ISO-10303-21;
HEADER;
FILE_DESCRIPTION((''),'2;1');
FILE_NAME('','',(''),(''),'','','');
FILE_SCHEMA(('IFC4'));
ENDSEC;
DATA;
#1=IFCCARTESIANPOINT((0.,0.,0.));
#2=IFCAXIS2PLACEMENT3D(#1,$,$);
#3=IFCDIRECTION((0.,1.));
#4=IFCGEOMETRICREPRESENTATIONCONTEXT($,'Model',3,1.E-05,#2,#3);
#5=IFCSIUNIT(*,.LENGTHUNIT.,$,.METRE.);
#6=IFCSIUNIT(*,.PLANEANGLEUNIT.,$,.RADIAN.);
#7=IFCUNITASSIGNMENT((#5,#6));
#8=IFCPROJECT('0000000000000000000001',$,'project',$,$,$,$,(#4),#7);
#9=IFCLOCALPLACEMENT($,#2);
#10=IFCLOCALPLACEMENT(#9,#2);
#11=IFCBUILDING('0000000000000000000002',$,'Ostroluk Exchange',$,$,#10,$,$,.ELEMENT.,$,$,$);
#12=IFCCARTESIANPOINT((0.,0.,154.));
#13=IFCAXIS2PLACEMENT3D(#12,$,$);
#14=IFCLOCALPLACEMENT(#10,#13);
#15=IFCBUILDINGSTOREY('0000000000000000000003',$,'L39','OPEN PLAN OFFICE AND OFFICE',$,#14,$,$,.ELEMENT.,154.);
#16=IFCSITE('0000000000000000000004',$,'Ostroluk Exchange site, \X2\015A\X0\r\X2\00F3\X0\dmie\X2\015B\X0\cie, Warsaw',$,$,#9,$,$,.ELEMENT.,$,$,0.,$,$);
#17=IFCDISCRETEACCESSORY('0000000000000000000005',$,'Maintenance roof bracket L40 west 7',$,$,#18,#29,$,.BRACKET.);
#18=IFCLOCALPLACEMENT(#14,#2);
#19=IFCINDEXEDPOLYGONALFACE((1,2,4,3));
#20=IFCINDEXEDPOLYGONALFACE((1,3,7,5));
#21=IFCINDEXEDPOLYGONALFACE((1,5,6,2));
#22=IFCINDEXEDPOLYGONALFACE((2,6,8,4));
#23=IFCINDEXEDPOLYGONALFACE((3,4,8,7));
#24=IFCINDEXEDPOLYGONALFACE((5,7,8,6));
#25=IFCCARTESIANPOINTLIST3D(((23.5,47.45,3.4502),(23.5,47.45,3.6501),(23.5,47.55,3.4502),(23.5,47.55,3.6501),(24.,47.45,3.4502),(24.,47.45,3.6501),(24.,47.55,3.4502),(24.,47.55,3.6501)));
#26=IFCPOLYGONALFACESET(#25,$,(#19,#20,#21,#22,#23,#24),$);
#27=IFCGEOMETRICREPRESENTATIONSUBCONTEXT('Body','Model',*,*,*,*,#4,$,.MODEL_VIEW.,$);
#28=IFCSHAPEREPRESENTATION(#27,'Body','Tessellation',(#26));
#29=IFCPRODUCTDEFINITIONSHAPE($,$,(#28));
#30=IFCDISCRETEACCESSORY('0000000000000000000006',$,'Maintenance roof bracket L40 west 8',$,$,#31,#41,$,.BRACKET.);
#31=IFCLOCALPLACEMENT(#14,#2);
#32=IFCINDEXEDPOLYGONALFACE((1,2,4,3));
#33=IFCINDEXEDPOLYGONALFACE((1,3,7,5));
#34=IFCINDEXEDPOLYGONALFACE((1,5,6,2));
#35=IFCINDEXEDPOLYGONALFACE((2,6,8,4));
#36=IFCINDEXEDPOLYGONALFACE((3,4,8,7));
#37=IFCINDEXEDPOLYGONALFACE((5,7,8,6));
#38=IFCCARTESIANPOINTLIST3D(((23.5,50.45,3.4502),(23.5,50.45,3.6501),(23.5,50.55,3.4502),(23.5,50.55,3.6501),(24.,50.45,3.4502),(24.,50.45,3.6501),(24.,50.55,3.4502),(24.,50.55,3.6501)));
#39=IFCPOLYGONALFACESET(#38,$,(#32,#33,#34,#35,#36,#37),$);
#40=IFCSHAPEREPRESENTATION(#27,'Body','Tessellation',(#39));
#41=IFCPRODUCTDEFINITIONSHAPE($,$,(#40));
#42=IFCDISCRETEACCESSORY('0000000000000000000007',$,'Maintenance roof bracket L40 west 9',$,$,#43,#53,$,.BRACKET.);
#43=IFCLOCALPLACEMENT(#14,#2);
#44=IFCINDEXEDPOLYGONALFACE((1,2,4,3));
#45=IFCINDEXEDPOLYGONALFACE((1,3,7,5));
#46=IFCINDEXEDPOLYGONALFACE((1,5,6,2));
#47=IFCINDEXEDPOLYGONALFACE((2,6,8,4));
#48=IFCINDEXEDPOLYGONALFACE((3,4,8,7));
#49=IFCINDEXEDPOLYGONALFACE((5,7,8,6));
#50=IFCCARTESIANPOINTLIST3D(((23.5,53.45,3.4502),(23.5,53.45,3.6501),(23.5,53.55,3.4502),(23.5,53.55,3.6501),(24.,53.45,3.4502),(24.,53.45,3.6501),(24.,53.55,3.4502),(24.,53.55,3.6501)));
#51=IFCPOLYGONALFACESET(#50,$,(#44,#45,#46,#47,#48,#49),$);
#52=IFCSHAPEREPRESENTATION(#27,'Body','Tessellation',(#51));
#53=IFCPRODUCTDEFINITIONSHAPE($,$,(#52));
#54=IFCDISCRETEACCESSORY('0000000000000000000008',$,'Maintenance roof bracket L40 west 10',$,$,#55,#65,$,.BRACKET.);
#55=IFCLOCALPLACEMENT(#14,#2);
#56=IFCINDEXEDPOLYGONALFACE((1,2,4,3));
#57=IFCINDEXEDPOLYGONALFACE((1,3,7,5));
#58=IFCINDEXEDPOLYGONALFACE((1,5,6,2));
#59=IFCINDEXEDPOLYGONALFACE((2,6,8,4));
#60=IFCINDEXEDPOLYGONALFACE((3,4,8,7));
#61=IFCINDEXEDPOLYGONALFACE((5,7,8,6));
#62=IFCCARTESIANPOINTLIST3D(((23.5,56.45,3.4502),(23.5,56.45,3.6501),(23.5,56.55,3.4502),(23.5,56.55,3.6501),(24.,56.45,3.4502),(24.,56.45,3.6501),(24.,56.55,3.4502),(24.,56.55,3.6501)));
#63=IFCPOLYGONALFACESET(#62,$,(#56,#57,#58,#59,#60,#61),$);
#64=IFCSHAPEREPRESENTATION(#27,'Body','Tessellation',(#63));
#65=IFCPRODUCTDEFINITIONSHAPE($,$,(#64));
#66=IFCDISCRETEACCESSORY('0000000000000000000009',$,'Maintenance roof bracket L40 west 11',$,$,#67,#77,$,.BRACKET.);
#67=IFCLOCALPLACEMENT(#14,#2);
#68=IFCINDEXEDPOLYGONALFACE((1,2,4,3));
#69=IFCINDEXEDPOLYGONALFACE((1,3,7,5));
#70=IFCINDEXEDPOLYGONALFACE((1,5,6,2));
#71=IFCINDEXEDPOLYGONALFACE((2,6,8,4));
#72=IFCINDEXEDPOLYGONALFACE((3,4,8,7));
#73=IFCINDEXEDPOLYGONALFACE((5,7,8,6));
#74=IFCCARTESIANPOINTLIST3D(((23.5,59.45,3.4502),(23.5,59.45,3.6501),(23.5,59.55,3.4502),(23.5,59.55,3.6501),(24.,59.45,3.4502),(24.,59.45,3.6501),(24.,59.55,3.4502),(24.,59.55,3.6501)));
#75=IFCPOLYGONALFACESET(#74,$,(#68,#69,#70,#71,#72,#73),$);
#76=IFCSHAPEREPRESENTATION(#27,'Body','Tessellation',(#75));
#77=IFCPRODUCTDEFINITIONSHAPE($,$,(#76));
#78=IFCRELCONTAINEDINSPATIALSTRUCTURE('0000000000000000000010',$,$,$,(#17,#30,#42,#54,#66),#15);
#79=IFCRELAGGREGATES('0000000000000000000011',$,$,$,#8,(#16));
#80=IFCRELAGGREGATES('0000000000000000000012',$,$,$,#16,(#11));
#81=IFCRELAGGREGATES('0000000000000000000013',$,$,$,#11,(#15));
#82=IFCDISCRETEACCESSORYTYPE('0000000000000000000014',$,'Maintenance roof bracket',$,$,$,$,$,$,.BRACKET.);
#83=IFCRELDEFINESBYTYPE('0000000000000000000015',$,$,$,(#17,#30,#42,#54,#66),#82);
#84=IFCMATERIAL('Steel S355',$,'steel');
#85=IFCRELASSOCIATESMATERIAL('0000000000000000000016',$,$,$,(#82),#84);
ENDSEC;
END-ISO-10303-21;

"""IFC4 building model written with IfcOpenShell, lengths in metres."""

from ifc_helpers import new_model, si_unit, direction, frame, origin, origin_2d, place, context, subcontext, project, spatial, rectangle, extrude, material, type_object, element, save


model = new_model("IFC4")

# Units and contexts
model_context = context("Model", 3, precision=1e-05, world=origin(), true_north=direction((0.0, 1.0)))
body_context = subcontext(model_context, "Body", "Model", "MODEL_VIEW")
ifc_project = project(units=[si_unit("LENGTHUNIT", "METRE"), si_unit("PLANEANGLEUNIT", "RADIAN")], contexts=[model_context])

# Site, building, storey
site_placement = place(None, origin())
site = spatial("IfcSite", under=ifc_project, at=site_placement, Name="Ostroluk Exchange site, Śródmieście, Warsaw", CompositionType="ELEMENT", RefElevation=0.0)
building_placement = place(site_placement, origin())
building = spatial("IfcBuilding", under=site, at=building_placement, Name="Ostroluk Exchange", CompositionType="ELEMENT")
storey_placement = place(building_placement, frame((0.0, 0.0, 154.0)))
storey = spatial("IfcBuildingStorey", under=building, at=storey_placement, Name="L39", Description="OPEN PLAN OFFICE AND OFFICE", CompositionType="ELEMENT", Elevation=154.0)

# Discrete accessories
ifc_material_1 = material(Name="Steel S355", Category="steel")
discrete_accessory_type = type_object("IfcDiscreteAccessoryType", Name="Maintenance roof bracket", PredefinedType="BRACKET", material=ifc_material_1)
for number, where, z_axis, x_axis, name in (
    (1, (23.75, 47.5, 3.4502), (0.0, 0.0, 1.0), (1.0, 0.0, 0.0), "Maintenance roof bracket L40 west 7"),
    (2, (23.75, 50.5, 3.4502), (0.0, 0.0, 1.0), (1.0, 0.0, 0.0), "Maintenance roof bracket L40 west 8"),
    (3, (23.75, 53.5, 3.4502), (0.0, 0.0, 1.0), (1.0, 0.0, 0.0), "Maintenance roof bracket L40 west 9"),
    (4, (23.75, 56.5, 3.4502), (0.0, 0.0, 1.0), (1.0, 0.0, 0.0), "Maintenance roof bracket L40 west 10"),
    (5, (23.75, 59.5, 3.4502), (0.0, 0.0, 1.0), (1.0, 0.0, 0.0), "Maintenance roof bracket L40 west 11"),
):
    element("IfcDiscreteAccessory", number, at=place(storey_placement, frame(where, z_axis=z_axis, x_axis=x_axis)), inside=storey, type_object=discrete_accessory_type, Name=name, PredefinedType="BRACKET", context=body_context, shape_type="SweptSolid", body=[
        extrude(rectangle(XDim=0.5, YDim=0.1001, at=origin_2d()), origin(), (0.0, 0.0, 1.0), 0.2),
    ])

save(model, "model.ifc")
